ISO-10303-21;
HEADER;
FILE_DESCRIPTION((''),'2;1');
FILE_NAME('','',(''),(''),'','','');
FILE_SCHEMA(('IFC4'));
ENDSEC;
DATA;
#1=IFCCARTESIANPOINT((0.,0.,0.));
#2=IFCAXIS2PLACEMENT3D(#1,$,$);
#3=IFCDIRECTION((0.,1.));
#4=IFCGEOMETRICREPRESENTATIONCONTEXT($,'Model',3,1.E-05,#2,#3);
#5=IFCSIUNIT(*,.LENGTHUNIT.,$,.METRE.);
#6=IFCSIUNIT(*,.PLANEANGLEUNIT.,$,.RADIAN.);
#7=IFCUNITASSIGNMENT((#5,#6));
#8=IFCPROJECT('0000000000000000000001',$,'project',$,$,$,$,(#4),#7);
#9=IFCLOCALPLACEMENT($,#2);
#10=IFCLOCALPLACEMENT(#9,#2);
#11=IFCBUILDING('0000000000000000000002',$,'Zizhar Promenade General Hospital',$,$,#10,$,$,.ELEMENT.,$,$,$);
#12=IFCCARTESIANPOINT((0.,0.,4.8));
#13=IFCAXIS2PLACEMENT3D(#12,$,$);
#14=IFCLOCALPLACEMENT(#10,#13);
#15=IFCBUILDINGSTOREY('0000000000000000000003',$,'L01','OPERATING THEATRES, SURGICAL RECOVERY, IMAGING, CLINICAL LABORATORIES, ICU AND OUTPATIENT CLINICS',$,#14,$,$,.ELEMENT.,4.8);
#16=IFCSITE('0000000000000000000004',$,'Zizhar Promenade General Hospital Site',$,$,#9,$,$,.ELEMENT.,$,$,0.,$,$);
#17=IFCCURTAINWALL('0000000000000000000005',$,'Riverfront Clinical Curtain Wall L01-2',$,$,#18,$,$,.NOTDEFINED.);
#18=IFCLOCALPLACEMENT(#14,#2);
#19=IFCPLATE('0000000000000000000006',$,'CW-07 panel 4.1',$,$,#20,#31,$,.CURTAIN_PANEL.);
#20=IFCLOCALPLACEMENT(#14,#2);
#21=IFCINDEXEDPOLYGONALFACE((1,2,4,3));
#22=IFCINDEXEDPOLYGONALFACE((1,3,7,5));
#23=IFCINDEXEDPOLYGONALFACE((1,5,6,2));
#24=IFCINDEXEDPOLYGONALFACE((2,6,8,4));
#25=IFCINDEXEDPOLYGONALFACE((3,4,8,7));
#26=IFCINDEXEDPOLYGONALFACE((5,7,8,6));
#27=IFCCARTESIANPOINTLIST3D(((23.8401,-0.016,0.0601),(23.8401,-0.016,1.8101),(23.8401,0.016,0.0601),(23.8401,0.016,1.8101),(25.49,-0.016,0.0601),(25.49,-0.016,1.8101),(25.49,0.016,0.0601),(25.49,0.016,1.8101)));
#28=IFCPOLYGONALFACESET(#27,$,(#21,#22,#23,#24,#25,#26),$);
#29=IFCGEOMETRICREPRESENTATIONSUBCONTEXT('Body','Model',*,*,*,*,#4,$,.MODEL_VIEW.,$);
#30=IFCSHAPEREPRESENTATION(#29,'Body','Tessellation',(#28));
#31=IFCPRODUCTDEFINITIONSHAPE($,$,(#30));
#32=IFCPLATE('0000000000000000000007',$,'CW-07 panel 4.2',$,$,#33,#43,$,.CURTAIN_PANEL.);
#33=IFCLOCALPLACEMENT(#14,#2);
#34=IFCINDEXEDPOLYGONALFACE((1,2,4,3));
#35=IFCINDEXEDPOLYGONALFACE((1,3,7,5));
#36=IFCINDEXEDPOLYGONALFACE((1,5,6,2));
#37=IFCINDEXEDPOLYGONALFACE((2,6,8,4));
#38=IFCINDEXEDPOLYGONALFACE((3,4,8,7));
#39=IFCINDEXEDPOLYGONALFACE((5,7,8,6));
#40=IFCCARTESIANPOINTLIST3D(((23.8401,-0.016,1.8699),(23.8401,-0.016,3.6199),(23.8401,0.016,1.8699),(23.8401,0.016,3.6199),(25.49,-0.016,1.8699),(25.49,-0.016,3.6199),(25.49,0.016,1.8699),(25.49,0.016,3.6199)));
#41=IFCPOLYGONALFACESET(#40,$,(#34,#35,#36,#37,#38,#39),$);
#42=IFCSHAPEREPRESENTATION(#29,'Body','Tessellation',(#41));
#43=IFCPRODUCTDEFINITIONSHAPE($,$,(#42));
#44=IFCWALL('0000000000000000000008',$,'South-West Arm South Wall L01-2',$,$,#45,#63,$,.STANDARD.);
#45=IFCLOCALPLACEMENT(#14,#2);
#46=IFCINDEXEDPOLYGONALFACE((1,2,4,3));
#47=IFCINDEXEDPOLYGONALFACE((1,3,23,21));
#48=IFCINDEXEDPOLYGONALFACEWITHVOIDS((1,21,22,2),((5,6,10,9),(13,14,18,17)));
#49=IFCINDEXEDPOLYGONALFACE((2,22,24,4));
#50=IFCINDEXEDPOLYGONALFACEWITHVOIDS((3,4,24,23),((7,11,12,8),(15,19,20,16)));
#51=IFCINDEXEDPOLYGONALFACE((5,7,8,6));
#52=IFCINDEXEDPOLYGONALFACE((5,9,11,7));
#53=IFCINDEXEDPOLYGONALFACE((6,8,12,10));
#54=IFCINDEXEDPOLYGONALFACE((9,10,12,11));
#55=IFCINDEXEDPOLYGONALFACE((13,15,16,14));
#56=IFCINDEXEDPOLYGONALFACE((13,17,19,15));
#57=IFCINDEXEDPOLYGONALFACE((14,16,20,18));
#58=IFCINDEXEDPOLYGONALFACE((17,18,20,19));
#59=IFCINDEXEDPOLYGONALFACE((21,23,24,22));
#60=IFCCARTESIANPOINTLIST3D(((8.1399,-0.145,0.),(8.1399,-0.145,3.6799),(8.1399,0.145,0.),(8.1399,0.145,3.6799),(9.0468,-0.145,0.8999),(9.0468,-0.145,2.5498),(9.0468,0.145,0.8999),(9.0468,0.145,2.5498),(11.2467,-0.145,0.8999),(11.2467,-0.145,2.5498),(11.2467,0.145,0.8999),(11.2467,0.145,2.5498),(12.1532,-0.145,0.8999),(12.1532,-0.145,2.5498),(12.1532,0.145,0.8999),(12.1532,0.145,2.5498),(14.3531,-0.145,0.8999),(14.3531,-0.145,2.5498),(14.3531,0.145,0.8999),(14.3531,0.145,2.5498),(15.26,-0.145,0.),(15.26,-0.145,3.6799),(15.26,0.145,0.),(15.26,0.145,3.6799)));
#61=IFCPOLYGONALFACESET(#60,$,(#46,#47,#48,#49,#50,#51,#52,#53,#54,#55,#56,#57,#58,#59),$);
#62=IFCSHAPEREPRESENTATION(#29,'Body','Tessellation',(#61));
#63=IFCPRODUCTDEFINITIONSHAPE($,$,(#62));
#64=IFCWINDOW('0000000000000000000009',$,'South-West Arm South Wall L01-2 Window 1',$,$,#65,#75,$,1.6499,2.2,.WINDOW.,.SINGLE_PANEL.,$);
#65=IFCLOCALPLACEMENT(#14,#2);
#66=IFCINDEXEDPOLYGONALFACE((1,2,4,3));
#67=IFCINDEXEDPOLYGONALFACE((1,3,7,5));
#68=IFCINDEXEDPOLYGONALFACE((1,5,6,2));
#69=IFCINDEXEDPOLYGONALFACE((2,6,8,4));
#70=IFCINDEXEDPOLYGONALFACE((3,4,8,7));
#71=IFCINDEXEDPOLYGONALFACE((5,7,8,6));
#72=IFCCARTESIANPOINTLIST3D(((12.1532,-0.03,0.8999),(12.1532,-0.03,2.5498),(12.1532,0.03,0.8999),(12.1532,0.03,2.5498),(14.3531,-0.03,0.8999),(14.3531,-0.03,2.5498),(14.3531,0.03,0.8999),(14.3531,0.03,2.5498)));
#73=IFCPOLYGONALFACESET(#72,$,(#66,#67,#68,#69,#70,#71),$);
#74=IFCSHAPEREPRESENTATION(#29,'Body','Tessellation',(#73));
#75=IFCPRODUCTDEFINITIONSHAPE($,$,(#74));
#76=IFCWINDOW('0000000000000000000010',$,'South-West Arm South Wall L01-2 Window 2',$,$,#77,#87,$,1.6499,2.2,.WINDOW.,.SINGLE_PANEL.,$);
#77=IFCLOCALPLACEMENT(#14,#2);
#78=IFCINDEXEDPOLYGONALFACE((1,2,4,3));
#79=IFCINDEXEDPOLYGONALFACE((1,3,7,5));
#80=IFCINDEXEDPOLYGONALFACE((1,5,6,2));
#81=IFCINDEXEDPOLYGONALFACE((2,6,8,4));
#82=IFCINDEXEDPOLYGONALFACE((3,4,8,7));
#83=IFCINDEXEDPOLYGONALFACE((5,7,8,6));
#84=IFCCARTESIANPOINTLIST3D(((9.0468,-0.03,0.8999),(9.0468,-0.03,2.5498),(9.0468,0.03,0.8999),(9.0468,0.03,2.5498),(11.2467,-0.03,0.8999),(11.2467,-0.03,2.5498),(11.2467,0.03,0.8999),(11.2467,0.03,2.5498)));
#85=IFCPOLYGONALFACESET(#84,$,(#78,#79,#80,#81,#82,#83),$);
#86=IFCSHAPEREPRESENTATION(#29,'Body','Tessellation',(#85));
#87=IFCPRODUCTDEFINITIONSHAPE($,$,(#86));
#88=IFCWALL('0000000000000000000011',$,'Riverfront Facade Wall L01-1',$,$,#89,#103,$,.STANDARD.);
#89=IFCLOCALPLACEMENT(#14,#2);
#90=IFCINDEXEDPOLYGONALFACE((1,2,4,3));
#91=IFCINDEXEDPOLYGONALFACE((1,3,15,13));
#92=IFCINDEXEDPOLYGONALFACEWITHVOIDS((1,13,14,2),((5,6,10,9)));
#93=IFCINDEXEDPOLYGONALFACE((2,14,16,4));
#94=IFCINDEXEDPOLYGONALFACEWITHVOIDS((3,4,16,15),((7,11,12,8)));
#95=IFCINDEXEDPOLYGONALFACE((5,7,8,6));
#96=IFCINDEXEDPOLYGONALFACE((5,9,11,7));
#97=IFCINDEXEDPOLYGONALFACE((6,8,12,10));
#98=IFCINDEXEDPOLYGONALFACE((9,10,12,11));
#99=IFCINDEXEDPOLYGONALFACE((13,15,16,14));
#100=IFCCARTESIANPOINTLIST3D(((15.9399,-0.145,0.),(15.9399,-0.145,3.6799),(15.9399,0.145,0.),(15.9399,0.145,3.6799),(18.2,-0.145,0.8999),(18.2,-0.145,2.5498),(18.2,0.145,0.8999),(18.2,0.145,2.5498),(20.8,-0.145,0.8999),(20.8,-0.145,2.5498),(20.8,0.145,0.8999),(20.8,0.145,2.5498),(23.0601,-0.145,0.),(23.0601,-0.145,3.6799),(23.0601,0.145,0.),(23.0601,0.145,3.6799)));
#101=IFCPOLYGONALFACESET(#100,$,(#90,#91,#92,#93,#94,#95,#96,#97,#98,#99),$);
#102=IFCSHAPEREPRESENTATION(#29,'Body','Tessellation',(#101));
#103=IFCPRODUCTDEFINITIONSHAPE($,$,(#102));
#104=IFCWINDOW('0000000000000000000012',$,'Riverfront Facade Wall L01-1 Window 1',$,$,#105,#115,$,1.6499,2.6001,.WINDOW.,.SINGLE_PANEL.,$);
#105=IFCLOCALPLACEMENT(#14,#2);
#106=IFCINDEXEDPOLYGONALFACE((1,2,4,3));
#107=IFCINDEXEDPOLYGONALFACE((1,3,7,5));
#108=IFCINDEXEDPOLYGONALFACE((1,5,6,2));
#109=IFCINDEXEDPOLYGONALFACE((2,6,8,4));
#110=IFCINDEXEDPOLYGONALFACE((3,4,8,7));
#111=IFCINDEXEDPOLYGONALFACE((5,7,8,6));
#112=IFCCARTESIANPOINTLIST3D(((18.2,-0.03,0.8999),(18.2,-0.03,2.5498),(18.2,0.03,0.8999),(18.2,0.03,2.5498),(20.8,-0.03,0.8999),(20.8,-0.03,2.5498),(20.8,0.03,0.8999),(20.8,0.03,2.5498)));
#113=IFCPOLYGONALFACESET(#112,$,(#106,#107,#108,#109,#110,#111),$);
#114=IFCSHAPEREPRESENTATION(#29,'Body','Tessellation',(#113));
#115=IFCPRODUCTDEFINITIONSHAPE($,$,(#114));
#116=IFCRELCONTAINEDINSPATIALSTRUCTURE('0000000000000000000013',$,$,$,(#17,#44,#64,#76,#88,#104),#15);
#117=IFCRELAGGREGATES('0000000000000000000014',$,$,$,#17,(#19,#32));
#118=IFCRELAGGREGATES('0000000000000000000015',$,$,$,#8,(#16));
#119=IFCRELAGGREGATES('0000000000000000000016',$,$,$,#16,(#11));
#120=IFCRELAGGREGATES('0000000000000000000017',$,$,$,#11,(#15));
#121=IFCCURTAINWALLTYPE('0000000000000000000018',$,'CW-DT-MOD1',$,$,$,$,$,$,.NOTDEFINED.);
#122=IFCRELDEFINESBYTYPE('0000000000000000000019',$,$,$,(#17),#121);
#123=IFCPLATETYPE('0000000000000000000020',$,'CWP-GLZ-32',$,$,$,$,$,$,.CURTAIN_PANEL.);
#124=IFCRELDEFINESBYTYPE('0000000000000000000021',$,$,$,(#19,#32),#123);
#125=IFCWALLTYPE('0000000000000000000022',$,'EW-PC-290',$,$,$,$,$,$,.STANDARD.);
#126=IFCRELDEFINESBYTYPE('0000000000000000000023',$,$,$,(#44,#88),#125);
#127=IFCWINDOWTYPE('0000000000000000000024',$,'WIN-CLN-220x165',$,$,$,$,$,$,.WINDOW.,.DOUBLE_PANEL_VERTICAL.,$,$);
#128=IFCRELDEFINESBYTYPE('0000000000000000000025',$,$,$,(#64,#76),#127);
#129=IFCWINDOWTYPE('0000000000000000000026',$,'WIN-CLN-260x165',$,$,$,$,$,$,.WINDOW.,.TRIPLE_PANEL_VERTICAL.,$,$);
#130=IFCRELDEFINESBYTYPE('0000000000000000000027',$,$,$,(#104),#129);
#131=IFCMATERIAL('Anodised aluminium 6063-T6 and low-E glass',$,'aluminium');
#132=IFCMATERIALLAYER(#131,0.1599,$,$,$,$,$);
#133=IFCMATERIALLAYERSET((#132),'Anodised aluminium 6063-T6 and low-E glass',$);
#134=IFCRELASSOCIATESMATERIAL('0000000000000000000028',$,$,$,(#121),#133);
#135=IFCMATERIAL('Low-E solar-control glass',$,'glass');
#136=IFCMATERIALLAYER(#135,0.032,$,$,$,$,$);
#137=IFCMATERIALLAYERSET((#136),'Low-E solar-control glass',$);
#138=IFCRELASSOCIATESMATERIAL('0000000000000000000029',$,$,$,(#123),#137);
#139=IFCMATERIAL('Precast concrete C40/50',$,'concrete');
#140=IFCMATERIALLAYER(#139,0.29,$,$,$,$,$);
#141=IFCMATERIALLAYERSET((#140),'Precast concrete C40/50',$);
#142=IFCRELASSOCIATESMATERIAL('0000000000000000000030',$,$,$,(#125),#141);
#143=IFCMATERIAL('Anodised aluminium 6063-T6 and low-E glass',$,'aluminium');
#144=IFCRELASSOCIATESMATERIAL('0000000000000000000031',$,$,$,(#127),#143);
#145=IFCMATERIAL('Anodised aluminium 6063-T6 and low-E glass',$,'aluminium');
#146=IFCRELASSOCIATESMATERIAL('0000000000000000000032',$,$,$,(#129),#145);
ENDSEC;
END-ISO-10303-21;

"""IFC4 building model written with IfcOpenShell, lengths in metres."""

from ifc_helpers import new_model, si_unit, direction, frame, frame_2d, origin, origin_2d, place, context, subcontext, project, spatial, rectangle, extrude, material, layer, layer_set, type_object, element, fill, aggregate, save


model = new_model("IFC4")

# Units and contexts
model_context = context("Model", 3, precision=1e-05, world=origin(), true_north=direction((0.0, 1.0)))
body_context = subcontext(model_context, "Body", "Model", "MODEL_VIEW")
ifc_project = project(units=[si_unit("LENGTHUNIT", "METRE"), si_unit("PLANEANGLEUNIT", "RADIAN")], contexts=[model_context])

# Site, building, storey
site_placement = place(None, origin())
site = spatial("IfcSite", under=ifc_project, at=site_placement, Name="Zizhar Promenade General Hospital Site", CompositionType="ELEMENT", RefElevation=0.0)
building_placement = place(site_placement, origin())
building = spatial("IfcBuilding", under=site, at=building_placement, Name="Zizhar Promenade General Hospital", CompositionType="ELEMENT")
storey_placement = place(building_placement, frame((0.0, 0.0, 4.8)))
storey = spatial("IfcBuildingStorey", under=building, at=storey_placement, Name="L01", Description="OPERATING THEATRES, SURGICAL RECOVERY, IMAGING, CLINICAL LABORATORIES, ICU AND OUTPATIENT CLINICS", CompositionType="ELEMENT", Elevation=4.8)

# Curtain wall, plates
ifc_material_1 = material(Name="Anodised aluminium 6063-T6 and low-E glass", Category="aluminium")
ifc_layer_1 = layer(ifc_material_1, 0.1599)
ifc_layer_set_1 = layer_set([ifc_layer_1], Name="Anodised aluminium 6063-T6 and low-E glass")
curtain_wall_type = type_object("IfcCurtainWallType", Name="CW-DT-MOD1", PredefinedType="NOTDEFINED", material=ifc_layer_set_1)
curtain_wall_placement = place(storey_placement, origin())
curtain_wall = element("IfcCurtainWall", 1, at=curtain_wall_placement, inside=storey, type_object=curtain_wall_type, Name="Riverfront Clinical Curtain Wall L01-2", PredefinedType="NOTDEFINED")
ifc_material_2 = material(Name="Low-E solar-control glass", Category="glass")
ifc_layer_2 = layer(ifc_material_2, 0.032)
ifc_layer_set_2 = layer_set([ifc_layer_2], Name="Low-E solar-control glass")
plate_type = type_object("IfcPlateType", Name="CWP-GLZ-32", PredefinedType="CURTAIN_PANEL", material=ifc_layer_set_2)
plate_1_placement = place(storey_placement, frame((24.665, 0.0, 0.0601), z_axis=(0.0, 0.0, 1.0), x_axis=(-1.0, 0.0, 0.0)))
plate_1 = element("IfcPlate", 2, at=plate_1_placement, type_object=plate_type, Name="CW-07 panel 4.1", PredefinedType="CURTAIN_PANEL", context=body_context, shape_type="SweptSolid", body=[
    extrude(rectangle(XDim=1.6499, YDim=0.032, at=origin_2d()), origin(), (0.0, 0.0, 1.0), 1.75),
])
plate_2_placement = place(storey_placement, frame((24.665, 0.0, 1.8699), z_axis=(0.0, 0.0, 1.0), x_axis=(-1.0, 0.0, 0.0)))
plate_2 = element("IfcPlate", 3, at=plate_2_placement, type_object=plate_type, Name="CW-07 panel 4.2", PredefinedType="CURTAIN_PANEL", context=body_context, shape_type="SweptSolid", body=[
    extrude(rectangle(XDim=1.6499, YDim=0.032, at=origin_2d()), origin(), (0.0, 0.0, 1.0), 1.75),
])
aggregate(curtain_wall, [plate_1, plate_2])

# Wall, openings, windows
ifc_material_3 = material(Name="Precast concrete C40/50", Category="concrete")
ifc_layer_3 = layer(ifc_material_3, 0.29)
ifc_layer_set_3 = layer_set([ifc_layer_3], Name="Precast concrete C40/50")
wall_type = type_object("IfcWallType", Name="EW-PC-290", PredefinedType="STANDARD", material=ifc_layer_set_3)
wall_1_placement = place(storey_placement, frame((15.26, 0.0, 0.0), z_axis=(0.0, 0.0, 1.0), x_axis=(-1.0, 0.0, 0.0)))
wall_1 = element("IfcWall", 4, at=wall_1_placement, inside=storey, type_object=wall_type, Name="South-West Arm South Wall L01-2", PredefinedType="STANDARD", context=body_context, shape_type="SweptSolid", body=[
    extrude(rectangle(XDim=7.1201, YDim=0.29, at=frame_2d((3.5601, 0.0))), origin(), (0.0, 0.0, 1.0), 3.6799),
])
opening_1_placement = place(wall_1_placement, frame((0.9067, 0.0, 0.8999)))
opening_1 = element("IfcOpeningElement", 5, at=opening_1_placement, cuts=wall_1, PredefinedType="OPENING", context=body_context, shape_type="SweptSolid", body=[
    extrude(rectangle(XDim=2.2, YDim=1.6499, at=frame_2d((1.1001, 0.825))), frame((0.0, 0.155, 0.0), z_axis=(0.0, -1.0, 0.0), x_axis=(1.0, 0.0, 0.0)), (0.0, 0.0, 1.0), 0.3101),
])
opening_2_placement = place(wall_1_placement, frame((4.0132, 0.0, 0.8999)))
opening_2 = element("IfcOpeningElement", 6, at=opening_2_placement, cuts=wall_1, PredefinedType="OPENING", context=body_context, shape_type="SweptSolid", body=[
    extrude(rectangle(XDim=2.2, YDim=1.6499, at=frame_2d((1.1001, 0.825))), frame((0.0, 0.155, 0.0), z_axis=(0.0, -1.0, 0.0), x_axis=(1.0, 0.0, 0.0)), (0.0, 0.0, 1.0), 0.3101),
])
ifc_material_4 = material(Name="Anodised aluminium 6063-T6 and low-E glass", Category="aluminium")
window_type_1 = type_object("IfcWindowType", Name="WIN-CLN-220x165", PartitioningType="DOUBLE_PANEL_VERTICAL", PredefinedType="WINDOW", material=ifc_material_4)
window_1_placement = place(opening_1_placement, origin())
window_1 = element("IfcWindow", 7, at=window_1_placement, inside=storey, type_object=window_type_1, Name="South-West Arm South Wall L01-2 Window 1", OverallHeight=1.6499, OverallWidth=2.2, PartitioningType="SINGLE_PANEL", PredefinedType="WINDOW", context=body_context, shape_type="SweptSolid", body=[
    extrude(rectangle(XDim=2.2, YDim=1.6499, at=frame_2d((1.1001, 0.825))), frame((0.0, 0.03, 0.0), z_axis=(0.0, -1.0, 0.0), x_axis=(1.0, 0.0, 0.0)), (0.0, 0.0, 1.0), 0.0601),
])
fill(opening_1, window_1)
window_2_placement = place(opening_2_placement, origin())
window_2 = element("IfcWindow", 8, at=window_2_placement, inside=storey, type_object=window_type_1, Name="South-West Arm South Wall L01-2 Window 2", OverallHeight=1.6499, OverallWidth=2.2, PartitioningType="SINGLE_PANEL", PredefinedType="WINDOW", context=body_context, shape_type="SweptSolid", body=[
    extrude(rectangle(XDim=2.2, YDim=1.6499, at=frame_2d((1.1001, 0.825))), frame((0.0, 0.03, 0.0), z_axis=(0.0, -1.0, 0.0), x_axis=(1.0, 0.0, 0.0)), (0.0, 0.0, 1.0), 0.0601),
])
fill(opening_2, window_2)

# Wall, opening, window
wall_2_placement = place(storey_placement, frame((23.0601, 0.0, 0.0), z_axis=(0.0, 0.0, 1.0), x_axis=(-1.0, 0.0, 0.0)))
wall_2 = element("IfcWall", 9, at=wall_2_placement, inside=storey, type_object=wall_type, Name="Riverfront Facade Wall L01-1", PredefinedType="STANDARD", context=body_context, shape_type="SweptSolid", body=[
    extrude(rectangle(XDim=7.1201, YDim=0.29, at=frame_2d((3.5601, 0.0))), origin(), (0.0, 0.0, 1.0), 3.6799),
])
opening_3_placement = place(wall_2_placement, frame((2.26, 0.0, 0.8999)))
opening_3 = element("IfcOpeningElement", 10, at=opening_3_placement, cuts=wall_2, PredefinedType="OPENING", context=body_context, shape_type="SweptSolid", body=[
    extrude(rectangle(XDim=2.6001, YDim=1.6499, at=frame_2d((1.3, 0.825))), frame((0.0, 0.155, 0.0), z_axis=(0.0, -1.0, 0.0), x_axis=(1.0, 0.0, 0.0)), (0.0, 0.0, 1.0), 0.3101),
])
ifc_material_5 = material(Name="Anodised aluminium 6063-T6 and low-E glass", Category="aluminium")
window_type_2 = type_object("IfcWindowType", Name="WIN-CLN-260x165", PartitioningType="TRIPLE_PANEL_VERTICAL", PredefinedType="WINDOW", material=ifc_material_5)
window_3_placement = place(opening_3_placement, origin())
window_3 = element("IfcWindow", 11, at=window_3_placement, inside=storey, type_object=window_type_2, Name="Riverfront Facade Wall L01-1 Window 1", OverallHeight=1.6499, OverallWidth=2.6001, PartitioningType="SINGLE_PANEL", PredefinedType="WINDOW", context=body_context, shape_type="SweptSolid", body=[
    extrude(rectangle(XDim=2.6001, YDim=1.6499, at=frame_2d((1.3, 0.825))), frame((0.0, 0.03, 0.0), z_axis=(0.0, -1.0, 0.0), x_axis=(1.0, 0.0, 0.0)), (0.0, 0.0, 1.0), 0.0601),
])
fill(opening_3, window_3)

save(model, "model.ifc")
